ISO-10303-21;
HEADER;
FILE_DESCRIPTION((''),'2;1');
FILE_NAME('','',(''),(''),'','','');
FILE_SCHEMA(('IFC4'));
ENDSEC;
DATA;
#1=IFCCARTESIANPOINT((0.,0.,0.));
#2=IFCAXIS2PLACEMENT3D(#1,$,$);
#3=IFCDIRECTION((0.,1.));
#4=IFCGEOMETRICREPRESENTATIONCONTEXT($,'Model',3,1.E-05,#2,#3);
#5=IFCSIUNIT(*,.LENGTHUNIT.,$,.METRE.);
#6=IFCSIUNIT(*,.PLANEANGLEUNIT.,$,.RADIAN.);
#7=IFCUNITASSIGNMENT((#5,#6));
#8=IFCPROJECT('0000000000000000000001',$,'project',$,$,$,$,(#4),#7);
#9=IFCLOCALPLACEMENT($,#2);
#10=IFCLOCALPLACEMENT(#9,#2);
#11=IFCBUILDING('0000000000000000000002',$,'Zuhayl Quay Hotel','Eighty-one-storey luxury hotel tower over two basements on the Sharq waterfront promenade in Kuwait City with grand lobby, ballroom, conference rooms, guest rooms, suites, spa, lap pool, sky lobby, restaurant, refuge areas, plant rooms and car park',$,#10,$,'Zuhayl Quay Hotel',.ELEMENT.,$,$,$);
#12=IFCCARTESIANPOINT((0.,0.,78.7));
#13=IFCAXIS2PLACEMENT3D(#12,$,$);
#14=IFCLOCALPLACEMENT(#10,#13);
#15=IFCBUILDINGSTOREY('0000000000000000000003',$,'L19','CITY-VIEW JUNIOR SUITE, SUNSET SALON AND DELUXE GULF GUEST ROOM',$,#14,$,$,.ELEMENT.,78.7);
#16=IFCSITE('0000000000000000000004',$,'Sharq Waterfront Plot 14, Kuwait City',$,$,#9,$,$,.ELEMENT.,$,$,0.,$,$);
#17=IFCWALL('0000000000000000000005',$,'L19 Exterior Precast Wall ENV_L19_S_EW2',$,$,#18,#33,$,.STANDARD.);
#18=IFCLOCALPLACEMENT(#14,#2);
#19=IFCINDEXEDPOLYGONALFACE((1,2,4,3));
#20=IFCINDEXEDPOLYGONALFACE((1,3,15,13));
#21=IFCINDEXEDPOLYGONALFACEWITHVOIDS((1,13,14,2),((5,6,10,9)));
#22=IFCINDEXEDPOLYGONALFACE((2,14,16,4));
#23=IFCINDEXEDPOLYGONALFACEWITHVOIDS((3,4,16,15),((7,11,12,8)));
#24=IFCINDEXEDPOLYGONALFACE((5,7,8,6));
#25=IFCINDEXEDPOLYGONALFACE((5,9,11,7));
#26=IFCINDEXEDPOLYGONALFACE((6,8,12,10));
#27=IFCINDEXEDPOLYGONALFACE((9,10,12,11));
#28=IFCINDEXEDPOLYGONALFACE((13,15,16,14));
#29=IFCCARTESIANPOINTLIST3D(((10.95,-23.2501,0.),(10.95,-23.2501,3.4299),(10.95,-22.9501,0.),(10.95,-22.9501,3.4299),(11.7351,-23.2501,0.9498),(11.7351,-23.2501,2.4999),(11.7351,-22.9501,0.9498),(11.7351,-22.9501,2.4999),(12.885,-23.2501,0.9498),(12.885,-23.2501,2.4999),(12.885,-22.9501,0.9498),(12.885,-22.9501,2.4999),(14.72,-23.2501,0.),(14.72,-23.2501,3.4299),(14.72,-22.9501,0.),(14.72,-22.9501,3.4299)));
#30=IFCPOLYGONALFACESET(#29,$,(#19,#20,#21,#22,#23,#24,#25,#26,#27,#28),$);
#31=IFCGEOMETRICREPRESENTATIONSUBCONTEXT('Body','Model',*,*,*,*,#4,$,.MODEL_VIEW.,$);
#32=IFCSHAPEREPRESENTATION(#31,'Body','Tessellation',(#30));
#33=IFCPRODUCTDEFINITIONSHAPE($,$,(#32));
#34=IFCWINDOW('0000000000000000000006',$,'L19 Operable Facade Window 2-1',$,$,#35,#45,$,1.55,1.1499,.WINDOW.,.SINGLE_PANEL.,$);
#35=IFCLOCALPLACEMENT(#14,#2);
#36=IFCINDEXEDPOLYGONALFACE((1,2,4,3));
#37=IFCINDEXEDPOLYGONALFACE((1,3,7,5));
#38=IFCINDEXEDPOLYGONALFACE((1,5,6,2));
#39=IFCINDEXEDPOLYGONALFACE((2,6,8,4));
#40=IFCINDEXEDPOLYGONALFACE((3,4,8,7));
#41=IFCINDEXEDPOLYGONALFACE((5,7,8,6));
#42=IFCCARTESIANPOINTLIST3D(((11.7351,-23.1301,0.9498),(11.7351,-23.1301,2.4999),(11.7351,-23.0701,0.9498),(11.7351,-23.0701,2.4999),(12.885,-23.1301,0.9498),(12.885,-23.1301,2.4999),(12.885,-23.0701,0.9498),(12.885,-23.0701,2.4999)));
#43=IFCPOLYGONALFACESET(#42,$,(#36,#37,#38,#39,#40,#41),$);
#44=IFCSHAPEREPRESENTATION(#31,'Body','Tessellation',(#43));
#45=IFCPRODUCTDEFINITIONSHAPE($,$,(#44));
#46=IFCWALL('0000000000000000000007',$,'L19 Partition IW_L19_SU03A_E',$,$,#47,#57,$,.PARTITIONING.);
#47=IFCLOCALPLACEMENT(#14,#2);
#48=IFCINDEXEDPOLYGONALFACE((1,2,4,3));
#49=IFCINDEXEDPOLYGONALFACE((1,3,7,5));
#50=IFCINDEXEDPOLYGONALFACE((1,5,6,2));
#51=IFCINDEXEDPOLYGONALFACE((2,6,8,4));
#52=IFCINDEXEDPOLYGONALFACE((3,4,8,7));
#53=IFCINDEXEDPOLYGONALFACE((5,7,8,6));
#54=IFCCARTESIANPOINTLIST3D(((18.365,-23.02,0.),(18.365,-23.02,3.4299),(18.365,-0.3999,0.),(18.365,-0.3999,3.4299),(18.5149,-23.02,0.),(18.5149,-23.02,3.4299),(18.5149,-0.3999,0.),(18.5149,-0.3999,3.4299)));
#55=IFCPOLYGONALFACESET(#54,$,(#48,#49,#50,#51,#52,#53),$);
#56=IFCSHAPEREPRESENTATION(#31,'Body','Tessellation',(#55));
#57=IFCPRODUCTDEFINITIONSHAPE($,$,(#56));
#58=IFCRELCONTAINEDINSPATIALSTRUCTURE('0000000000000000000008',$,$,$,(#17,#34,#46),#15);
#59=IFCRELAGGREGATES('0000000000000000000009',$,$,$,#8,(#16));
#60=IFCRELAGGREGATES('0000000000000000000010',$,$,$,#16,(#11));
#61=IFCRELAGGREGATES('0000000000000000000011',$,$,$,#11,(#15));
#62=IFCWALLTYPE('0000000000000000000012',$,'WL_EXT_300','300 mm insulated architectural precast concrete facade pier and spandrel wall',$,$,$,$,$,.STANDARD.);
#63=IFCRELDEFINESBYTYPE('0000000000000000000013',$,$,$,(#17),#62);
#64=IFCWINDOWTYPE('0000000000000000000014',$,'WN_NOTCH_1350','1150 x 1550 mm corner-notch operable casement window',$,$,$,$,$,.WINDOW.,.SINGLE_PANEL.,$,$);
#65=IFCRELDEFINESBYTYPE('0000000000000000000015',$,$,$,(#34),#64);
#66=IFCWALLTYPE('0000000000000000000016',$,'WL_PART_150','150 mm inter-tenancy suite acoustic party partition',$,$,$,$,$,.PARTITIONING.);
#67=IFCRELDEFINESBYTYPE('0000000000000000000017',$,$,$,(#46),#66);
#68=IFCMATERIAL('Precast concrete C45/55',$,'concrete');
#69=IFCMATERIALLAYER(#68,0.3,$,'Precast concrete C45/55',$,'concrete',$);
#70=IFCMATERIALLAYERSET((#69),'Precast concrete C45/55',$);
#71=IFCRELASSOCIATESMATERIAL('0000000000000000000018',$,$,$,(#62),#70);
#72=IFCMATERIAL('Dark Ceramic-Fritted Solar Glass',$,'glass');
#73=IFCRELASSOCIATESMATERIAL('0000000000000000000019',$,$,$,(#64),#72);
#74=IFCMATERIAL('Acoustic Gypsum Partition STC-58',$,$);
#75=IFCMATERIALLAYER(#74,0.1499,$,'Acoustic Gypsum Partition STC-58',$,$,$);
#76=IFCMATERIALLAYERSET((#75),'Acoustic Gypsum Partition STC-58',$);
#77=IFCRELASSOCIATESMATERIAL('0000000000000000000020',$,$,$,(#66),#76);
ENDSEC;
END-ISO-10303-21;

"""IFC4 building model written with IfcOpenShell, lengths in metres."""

from ifc_helpers import new_model, si_unit, direction, frame, frame_2d, origin, place, context, subcontext, project, spatial, rectangle, extrude, material, layer, layer_set, type_object, element, fill, save


model = new_model("IFC4")

# Units and contexts
model_context = context("Model", 3, precision=1e-05, world=origin(), true_north=direction((0.0, 1.0)))
body_context = subcontext(model_context, "Body", "Model", "MODEL_VIEW")
ifc_project = project(units=[si_unit("LENGTHUNIT", "METRE"), si_unit("PLANEANGLEUNIT", "RADIAN")], contexts=[model_context])

# Site, building, storey
site_placement = place(None, origin())
site = spatial("IfcSite", under=ifc_project, at=site_placement, Name="Sharq Waterfront Plot 14, Kuwait City", CompositionType="ELEMENT", RefElevation=0.0)
building_placement = place(site_placement, origin())
building = spatial("IfcBuilding", under=site, at=building_placement, Name="Zuhayl Quay Hotel", Description="Eighty-one-storey luxury hotel tower over two basements on the Sharq waterfront promenade in Kuwait City with grand lobby, ballroom, conference rooms, guest rooms, suites, spa, lap pool, sky lobby, restaurant, refuge areas, plant rooms and car park", LongName="Zuhayl Quay Hotel", CompositionType="ELEMENT")
storey_placement = place(building_placement, frame((0.0, 0.0, 78.7)))
storey = spatial("IfcBuildingStorey", under=building, at=storey_placement, Name="L19", Description="CITY-VIEW JUNIOR SUITE, SUNSET SALON AND DELUXE GULF GUEST ROOM", CompositionType="ELEMENT", Elevation=78.7)

# Shared definitions
ifc_material_1 = material(Name="Dark Ceramic-Fritted Solar Glass", Category="glass")

# Shared definitions
ifc_material_2 = material(Name="Precast concrete C45/55", Category="concrete")
ifc_layer_1 = layer(ifc_material_2, 0.3, Name="Precast concrete C45/55", Category="concrete")
ifc_layer_set_1 = layer_set([ifc_layer_1], Name="Precast concrete C45/55")
wall_type_1 = type_object("IfcWallType", Name="WL_EXT_300", Description="300 mm insulated architectural precast concrete facade pier and spandrel wall", PredefinedType="STANDARD", material=ifc_layer_set_1)

# Wall, opening, window
wall_1_placement = place(storey_placement, frame((14.72, -23.1001, 0.0), z_axis=(0.0, 0.0, 1.0), x_axis=(-1.0, 0.0, 0.0)))
wall_1 = element("IfcWall", 1, at=wall_1_placement, inside=storey, type_object=wall_type_1, Name="L19 Exterior Precast Wall ENV_L19_S_EW2", PredefinedType="STANDARD", context=body_context, shape_type="SweptSolid", body=[
    extrude(rectangle(XDim=3.77, YDim=0.3, at=frame_2d((1.885, 0.0))), origin(), (0.0, 0.0, 1.0), 3.4299),
])
opening_1_placement = place(wall_1_placement, frame((1.835, 0.0, 0.95)))
opening_1 = element("IfcOpeningElement", 2, at=opening_1_placement, cuts=wall_1, PredefinedType="OPENING", context=body_context, shape_type="SweptSolid", body=[
    extrude(rectangle(XDim=1.1499, YDim=1.55, at=frame_2d((0.575, 0.7749))), frame((0.0, 0.1599, 0.0), z_axis=(0.0, -1.0, 0.0), x_axis=(1.0, 0.0, 0.0)), (0.0, 0.0, 1.0), 0.3201),
])
window_type_1 = type_object("IfcWindowType", Name="WN_NOTCH_1350", Description="1150 x 1550 mm corner-notch operable casement window", PartitioningType="SINGLE_PANEL", PredefinedType="WINDOW", material=ifc_material_1)
window_1_placement = place(opening_1_placement, origin())
window_1 = element("IfcWindow", 3, at=window_1_placement, inside=storey, type_object=window_type_1, Name="L19 Operable Facade Window 2-1", OverallHeight=1.55, OverallWidth=1.1499, PartitioningType="SINGLE_PANEL", PredefinedType="WINDOW", context=body_context, shape_type="SweptSolid", body=[
    extrude(rectangle(XDim=1.1499, YDim=1.55, at=frame_2d((0.575, 0.7749))), frame((0.0, 0.03, 0.0), z_axis=(0.0, -1.0, 0.0), x_axis=(1.0, 0.0, 0.0)), (0.0, 0.0, 1.0), 0.0601),
])
fill(opening_1, window_1)

# Wall
ifc_material_3 = material(Name="Acoustic Gypsum Partition STC-58")
ifc_layer_2 = layer(ifc_material_3, 0.1499, Name="Acoustic Gypsum Partition STC-58")
ifc_layer_set_2 = layer_set([ifc_layer_2], Name="Acoustic Gypsum Partition STC-58")
wall_type_2 = type_object("IfcWallType", Name="WL_PART_150", Description="150 mm inter-tenancy suite acoustic party partition", PredefinedType="PARTITIONING", material=ifc_layer_set_2)
wall_2_placement = place(storey_placement, frame((18.4399, -23.02, 0.0), z_axis=(0.0, 0.0, 1.0), x_axis=(0.0, 1.0, 0.0)))
element("IfcWall", 4, at=wall_2_placement, inside=storey, type_object=wall_type_2, Name="L19 Partition IW_L19_SU03A_E", PredefinedType="PARTITIONING", context=body_context, shape_type="SweptSolid", body=[
    extrude(rectangle(XDim=22.6201, YDim=0.1499, at=frame_2d((11.3101, 0.0))), origin(), (0.0, 0.0, 1.0), 3.4299),
])

save(model, "model.ifc")
